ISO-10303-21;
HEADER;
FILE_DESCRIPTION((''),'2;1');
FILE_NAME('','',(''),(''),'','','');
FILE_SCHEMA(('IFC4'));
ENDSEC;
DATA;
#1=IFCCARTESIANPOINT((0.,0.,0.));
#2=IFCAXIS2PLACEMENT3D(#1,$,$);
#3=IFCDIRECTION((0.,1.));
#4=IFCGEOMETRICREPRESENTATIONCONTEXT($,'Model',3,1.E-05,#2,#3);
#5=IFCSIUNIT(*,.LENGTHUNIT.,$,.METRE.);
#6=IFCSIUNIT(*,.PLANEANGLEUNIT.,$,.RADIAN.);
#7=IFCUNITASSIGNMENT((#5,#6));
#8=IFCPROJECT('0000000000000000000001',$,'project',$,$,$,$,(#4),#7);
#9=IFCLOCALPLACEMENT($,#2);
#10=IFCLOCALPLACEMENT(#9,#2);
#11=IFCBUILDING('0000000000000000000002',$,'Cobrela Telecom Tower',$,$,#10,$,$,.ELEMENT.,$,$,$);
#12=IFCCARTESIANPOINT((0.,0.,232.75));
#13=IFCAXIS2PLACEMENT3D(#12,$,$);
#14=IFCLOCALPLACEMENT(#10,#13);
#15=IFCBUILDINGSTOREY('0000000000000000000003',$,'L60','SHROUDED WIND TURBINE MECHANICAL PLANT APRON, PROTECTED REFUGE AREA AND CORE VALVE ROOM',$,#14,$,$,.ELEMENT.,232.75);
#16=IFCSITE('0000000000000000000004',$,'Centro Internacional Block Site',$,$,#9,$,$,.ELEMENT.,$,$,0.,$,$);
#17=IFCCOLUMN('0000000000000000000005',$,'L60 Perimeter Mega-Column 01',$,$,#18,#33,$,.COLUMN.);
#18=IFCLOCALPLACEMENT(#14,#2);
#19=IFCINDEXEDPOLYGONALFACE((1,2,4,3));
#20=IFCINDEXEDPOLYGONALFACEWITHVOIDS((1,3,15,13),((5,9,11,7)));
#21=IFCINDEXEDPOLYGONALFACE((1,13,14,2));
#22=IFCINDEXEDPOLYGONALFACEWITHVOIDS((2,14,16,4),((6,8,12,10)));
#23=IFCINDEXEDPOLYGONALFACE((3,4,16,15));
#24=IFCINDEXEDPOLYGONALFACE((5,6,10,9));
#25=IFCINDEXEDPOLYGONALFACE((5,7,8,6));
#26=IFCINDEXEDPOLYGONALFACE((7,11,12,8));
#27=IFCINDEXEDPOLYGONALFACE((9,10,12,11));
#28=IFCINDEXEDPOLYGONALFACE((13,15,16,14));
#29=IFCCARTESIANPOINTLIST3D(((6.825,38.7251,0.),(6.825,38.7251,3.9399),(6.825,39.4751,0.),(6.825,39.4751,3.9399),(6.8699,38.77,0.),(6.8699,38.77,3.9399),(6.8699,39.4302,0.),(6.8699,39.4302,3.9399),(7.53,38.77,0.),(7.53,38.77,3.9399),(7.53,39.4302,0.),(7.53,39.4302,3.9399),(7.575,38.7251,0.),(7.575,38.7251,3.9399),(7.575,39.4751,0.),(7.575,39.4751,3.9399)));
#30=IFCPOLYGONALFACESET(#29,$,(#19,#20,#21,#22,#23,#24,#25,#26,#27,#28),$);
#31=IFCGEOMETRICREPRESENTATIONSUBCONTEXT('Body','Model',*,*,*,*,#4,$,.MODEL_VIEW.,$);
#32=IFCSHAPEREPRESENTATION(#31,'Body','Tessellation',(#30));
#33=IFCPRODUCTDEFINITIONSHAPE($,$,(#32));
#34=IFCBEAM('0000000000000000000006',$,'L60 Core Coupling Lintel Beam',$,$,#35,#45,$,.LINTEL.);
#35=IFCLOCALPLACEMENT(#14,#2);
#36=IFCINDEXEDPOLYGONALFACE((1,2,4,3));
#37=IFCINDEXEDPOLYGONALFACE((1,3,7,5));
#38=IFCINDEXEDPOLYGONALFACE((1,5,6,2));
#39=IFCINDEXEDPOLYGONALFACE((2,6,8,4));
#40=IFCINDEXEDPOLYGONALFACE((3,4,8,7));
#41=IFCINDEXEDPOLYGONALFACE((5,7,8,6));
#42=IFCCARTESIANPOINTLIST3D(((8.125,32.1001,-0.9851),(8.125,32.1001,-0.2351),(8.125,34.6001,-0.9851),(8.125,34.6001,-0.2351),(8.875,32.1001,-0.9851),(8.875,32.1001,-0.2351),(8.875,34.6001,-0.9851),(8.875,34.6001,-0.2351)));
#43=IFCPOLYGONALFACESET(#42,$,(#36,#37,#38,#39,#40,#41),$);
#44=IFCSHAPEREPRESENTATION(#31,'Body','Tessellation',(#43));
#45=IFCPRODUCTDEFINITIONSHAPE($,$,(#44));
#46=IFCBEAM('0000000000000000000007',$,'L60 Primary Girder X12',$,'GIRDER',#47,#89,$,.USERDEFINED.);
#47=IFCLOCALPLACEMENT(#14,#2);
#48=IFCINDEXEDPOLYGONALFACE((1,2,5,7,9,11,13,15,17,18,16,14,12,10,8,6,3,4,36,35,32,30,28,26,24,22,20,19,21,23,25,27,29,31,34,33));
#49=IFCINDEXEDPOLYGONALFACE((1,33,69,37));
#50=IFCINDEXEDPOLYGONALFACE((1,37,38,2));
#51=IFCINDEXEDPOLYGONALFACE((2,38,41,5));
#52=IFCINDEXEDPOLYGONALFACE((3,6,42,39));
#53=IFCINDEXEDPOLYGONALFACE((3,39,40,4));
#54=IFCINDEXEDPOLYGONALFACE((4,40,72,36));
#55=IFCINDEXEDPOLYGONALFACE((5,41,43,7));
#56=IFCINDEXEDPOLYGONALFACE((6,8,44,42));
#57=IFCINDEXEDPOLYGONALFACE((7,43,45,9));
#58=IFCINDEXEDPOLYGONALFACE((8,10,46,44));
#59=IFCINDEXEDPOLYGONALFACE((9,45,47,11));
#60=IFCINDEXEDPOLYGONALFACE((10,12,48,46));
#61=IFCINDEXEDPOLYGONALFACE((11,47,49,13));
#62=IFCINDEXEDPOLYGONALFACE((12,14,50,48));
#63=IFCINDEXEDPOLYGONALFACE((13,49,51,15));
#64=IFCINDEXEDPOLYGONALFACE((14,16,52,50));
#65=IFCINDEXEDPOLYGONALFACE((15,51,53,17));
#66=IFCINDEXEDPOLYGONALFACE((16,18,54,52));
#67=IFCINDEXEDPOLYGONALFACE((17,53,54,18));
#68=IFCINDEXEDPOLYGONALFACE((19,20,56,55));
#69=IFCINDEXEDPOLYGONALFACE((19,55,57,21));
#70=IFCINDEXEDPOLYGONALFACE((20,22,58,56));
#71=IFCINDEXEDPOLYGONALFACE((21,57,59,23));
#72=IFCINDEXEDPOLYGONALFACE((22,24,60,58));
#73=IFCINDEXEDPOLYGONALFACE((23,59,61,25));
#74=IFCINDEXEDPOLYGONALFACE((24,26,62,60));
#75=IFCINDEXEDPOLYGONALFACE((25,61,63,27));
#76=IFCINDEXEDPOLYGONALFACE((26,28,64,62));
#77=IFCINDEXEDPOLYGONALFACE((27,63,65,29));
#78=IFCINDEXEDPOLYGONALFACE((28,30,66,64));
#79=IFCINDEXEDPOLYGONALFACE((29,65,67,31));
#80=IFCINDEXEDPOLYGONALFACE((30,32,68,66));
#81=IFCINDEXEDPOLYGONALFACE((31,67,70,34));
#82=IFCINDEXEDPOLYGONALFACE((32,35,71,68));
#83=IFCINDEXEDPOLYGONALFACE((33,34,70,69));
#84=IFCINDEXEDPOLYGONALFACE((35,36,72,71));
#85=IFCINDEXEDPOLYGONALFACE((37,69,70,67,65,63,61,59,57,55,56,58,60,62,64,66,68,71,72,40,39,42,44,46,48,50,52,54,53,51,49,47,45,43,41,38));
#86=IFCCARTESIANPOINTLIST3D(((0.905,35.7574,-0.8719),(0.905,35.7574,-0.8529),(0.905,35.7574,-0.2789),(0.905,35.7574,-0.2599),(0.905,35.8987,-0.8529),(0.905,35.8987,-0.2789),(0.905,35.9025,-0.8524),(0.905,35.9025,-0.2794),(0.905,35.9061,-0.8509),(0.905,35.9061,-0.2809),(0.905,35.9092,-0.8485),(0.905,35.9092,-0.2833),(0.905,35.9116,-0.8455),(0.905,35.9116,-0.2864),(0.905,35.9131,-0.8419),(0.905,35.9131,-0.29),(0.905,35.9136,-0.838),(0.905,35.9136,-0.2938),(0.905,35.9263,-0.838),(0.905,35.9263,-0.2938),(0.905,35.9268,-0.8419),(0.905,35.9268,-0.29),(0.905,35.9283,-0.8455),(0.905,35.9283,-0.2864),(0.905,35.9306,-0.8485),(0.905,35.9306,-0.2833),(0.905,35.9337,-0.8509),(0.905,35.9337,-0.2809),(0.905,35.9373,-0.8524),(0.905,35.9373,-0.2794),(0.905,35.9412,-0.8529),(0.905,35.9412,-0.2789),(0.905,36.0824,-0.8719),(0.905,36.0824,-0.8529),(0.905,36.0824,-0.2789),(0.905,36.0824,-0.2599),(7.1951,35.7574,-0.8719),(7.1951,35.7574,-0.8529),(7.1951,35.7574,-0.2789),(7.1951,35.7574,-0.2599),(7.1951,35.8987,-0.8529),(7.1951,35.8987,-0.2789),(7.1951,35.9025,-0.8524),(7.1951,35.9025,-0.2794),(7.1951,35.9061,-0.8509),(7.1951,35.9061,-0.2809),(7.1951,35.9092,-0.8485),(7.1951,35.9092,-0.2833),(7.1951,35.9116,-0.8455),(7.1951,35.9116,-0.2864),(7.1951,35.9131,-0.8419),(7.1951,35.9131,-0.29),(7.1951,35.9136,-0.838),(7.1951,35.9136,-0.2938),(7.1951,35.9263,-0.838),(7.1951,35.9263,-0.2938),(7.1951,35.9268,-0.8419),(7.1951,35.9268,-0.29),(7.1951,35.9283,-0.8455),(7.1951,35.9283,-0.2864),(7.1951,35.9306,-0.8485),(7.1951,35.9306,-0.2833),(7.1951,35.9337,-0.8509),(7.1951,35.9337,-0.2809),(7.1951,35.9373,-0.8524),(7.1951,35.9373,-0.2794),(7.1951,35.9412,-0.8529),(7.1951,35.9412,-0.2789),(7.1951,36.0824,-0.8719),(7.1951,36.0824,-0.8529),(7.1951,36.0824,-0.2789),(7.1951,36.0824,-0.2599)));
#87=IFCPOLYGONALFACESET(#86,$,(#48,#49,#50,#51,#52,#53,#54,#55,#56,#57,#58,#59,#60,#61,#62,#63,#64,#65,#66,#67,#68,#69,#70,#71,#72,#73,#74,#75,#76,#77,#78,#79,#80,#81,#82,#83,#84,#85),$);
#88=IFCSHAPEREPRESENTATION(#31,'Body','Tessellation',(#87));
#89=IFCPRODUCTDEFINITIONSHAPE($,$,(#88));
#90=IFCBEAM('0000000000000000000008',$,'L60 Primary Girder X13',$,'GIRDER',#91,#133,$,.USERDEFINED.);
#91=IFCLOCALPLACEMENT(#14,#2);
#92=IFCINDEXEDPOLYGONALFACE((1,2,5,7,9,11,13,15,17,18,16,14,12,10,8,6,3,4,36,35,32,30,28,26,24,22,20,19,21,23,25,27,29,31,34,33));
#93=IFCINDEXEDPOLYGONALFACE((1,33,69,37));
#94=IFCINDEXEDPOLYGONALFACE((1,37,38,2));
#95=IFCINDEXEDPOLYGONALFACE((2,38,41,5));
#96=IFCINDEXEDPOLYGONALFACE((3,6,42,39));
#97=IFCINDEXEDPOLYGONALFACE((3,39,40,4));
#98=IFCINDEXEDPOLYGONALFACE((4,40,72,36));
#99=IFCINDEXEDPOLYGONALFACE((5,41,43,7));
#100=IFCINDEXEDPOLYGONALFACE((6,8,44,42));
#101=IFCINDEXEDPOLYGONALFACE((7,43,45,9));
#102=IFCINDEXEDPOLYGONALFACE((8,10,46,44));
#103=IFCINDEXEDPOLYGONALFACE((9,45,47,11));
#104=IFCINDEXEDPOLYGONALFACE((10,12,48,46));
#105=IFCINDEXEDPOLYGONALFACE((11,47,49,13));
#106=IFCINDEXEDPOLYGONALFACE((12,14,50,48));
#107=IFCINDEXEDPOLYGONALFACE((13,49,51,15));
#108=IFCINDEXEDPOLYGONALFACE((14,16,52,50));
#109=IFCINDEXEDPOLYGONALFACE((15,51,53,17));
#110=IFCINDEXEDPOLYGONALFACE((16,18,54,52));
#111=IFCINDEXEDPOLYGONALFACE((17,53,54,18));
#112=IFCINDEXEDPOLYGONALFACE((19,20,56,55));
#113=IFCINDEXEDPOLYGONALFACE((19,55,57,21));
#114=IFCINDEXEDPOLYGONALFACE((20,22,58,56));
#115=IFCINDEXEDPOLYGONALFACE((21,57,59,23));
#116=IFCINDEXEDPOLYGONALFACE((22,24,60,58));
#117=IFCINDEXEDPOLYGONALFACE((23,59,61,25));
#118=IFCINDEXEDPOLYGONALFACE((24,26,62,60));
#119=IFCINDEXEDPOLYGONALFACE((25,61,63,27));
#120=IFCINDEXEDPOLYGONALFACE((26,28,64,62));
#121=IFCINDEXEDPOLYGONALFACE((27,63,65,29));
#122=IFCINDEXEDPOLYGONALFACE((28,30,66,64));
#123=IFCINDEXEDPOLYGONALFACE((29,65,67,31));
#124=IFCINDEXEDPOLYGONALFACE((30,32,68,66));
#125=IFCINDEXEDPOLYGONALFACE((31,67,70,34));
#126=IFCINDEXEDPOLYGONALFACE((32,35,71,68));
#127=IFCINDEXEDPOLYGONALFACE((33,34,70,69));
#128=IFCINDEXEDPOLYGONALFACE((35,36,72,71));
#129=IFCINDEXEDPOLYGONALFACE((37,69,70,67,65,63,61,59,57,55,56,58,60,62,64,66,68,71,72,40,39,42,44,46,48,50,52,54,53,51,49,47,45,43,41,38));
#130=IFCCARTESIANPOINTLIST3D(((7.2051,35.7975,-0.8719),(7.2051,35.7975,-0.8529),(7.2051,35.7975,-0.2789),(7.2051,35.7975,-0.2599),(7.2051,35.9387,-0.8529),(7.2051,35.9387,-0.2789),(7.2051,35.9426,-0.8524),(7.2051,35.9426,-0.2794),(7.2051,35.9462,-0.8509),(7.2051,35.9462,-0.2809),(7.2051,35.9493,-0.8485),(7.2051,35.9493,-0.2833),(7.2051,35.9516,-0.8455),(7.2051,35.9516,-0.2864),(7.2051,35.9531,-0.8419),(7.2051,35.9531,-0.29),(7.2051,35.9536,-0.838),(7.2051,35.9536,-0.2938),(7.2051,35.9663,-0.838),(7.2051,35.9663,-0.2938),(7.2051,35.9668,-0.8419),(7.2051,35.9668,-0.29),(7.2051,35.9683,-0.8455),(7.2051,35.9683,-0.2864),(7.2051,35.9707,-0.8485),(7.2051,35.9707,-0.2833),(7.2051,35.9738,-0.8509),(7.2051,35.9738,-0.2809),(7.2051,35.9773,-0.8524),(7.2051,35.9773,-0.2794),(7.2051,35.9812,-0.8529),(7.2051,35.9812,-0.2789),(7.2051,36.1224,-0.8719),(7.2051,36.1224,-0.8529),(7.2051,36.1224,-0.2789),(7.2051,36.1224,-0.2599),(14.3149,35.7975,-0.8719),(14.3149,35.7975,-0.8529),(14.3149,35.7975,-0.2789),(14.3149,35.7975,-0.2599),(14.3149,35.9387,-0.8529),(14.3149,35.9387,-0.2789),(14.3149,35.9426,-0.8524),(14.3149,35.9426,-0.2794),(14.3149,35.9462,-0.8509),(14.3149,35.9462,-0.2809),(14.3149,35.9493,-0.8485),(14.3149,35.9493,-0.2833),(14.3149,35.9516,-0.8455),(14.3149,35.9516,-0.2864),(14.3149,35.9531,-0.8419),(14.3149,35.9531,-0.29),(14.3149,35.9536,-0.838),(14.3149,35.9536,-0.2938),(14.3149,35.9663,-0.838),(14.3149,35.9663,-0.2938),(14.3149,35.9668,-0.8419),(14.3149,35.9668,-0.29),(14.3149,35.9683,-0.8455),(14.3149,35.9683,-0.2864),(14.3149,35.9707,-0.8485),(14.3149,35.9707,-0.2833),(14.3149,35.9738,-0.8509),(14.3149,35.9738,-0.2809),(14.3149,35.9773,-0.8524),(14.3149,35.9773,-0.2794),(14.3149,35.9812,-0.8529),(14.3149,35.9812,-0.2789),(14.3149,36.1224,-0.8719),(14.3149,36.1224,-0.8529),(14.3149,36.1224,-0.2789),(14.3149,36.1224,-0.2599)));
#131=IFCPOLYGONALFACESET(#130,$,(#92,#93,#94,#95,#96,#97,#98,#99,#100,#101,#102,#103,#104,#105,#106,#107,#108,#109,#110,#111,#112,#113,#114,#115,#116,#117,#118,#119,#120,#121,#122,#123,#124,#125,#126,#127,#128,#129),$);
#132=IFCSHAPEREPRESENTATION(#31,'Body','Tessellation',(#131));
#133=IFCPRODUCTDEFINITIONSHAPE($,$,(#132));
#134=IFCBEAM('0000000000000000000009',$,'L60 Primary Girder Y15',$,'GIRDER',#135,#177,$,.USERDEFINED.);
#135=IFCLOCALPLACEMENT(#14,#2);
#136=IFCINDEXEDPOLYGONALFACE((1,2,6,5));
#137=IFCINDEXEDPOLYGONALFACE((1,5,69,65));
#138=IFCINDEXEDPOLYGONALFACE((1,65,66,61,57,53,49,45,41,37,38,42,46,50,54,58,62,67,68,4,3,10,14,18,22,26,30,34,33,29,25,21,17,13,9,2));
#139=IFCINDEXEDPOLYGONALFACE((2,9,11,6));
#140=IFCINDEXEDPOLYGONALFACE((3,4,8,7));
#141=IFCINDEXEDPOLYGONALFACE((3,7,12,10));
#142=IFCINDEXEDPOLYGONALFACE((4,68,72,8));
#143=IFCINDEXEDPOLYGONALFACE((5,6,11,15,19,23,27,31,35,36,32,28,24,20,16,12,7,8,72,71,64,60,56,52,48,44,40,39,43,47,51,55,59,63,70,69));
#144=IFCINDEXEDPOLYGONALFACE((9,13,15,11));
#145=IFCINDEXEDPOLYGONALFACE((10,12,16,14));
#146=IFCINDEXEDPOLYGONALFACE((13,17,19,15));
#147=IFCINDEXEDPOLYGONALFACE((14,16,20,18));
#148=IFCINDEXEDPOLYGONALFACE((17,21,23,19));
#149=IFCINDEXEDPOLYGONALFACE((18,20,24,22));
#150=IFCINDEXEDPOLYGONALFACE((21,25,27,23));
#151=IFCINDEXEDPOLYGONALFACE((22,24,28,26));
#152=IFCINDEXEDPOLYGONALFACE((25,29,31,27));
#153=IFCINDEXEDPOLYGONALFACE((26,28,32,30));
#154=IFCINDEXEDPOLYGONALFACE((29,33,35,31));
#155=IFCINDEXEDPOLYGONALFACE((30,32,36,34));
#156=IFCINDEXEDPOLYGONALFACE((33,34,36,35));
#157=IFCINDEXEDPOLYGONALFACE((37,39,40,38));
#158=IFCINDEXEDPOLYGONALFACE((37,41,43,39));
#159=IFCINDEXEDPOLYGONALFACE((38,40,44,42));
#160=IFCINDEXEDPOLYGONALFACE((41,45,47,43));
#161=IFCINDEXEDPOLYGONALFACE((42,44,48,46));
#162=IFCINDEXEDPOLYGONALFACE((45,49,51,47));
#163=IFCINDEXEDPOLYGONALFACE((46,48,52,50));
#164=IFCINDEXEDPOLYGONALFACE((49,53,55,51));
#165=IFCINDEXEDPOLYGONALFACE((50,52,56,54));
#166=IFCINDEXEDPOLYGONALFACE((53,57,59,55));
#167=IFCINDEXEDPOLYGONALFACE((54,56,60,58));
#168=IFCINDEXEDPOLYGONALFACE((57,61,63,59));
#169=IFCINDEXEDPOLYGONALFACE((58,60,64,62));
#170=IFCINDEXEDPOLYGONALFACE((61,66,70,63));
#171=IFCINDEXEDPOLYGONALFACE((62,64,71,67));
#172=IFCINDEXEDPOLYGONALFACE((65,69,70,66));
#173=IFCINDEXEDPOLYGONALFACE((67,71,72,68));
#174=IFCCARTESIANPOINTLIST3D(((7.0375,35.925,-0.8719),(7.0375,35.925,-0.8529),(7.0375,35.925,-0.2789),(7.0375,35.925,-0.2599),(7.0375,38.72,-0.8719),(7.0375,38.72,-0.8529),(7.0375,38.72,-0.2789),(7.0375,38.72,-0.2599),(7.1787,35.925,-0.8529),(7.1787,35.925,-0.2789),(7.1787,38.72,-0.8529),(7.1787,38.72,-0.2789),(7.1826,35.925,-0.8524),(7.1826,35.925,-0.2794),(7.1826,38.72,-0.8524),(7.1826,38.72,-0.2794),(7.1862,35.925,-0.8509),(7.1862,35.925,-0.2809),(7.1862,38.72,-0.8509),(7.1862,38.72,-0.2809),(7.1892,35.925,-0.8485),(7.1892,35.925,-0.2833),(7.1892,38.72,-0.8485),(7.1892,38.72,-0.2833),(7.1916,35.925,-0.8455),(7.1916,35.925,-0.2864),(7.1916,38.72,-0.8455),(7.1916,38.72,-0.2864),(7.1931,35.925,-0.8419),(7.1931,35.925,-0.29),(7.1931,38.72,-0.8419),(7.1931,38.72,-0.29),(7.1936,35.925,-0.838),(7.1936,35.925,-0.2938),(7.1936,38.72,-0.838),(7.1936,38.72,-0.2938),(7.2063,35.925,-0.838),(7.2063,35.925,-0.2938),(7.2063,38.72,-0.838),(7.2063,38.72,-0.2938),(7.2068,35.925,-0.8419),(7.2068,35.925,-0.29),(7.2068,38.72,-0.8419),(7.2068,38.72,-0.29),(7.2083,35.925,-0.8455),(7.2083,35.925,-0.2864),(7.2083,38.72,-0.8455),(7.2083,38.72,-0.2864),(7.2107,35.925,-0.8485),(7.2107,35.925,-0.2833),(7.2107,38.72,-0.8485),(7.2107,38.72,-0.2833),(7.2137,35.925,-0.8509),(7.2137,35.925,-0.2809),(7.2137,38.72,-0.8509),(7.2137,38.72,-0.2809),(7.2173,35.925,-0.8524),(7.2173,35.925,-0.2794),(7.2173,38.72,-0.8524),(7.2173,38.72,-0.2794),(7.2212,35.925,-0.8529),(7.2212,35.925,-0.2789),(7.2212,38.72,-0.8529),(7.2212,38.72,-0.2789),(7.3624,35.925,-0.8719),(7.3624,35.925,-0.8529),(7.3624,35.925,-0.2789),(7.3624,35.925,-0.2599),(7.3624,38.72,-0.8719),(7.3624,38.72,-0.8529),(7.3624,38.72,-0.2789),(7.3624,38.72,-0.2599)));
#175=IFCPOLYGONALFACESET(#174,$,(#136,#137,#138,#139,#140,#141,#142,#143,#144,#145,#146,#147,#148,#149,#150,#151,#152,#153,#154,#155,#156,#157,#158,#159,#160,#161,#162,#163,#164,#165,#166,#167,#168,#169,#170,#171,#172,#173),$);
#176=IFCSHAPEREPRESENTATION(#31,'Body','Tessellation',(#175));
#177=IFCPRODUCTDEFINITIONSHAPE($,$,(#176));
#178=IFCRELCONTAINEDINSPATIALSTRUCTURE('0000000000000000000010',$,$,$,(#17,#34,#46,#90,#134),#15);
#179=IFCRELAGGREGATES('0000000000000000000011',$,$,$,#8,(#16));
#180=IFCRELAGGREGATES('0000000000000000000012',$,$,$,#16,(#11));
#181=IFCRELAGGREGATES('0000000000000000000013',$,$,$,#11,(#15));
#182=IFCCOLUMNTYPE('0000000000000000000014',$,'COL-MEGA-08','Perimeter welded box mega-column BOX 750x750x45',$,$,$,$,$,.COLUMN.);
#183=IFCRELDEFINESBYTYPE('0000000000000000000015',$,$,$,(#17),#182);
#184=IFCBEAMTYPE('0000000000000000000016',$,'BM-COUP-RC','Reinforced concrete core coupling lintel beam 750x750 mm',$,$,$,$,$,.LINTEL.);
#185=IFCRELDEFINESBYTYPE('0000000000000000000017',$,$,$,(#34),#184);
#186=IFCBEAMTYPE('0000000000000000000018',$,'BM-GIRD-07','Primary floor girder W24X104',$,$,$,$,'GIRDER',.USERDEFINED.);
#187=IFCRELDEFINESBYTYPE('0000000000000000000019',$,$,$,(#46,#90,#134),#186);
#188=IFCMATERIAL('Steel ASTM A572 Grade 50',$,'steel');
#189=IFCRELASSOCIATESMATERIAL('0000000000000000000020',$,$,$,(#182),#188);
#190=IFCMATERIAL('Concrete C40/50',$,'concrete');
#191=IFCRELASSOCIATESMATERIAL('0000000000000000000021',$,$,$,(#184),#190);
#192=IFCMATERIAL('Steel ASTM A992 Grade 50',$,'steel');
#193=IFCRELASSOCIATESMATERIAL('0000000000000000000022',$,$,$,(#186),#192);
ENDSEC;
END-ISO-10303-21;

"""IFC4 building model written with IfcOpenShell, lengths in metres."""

from ifc_helpers import new_model, si_unit, direction, frame, origin, origin_2d, place, context, subcontext, project, spatial, rectangle, hollow_rectangle, i_section, extrude, material, material_profile, profile_set, type_object, element, save


model = new_model("IFC4")

# Units and contexts
model_context = context("Model", 3, precision=1e-05, world=origin(), true_north=direction((0.0, 1.0)))
body_context = subcontext(model_context, "Body", "Model", "MODEL_VIEW")
ifc_project = project(units=[si_unit("LENGTHUNIT", "METRE"), si_unit("PLANEANGLEUNIT", "RADIAN")], contexts=[model_context])

# Site, building, storey
site_placement = place(None, origin())
site = spatial("IfcSite", under=ifc_project, at=site_placement, Name="Centro Internacional Block Site", CompositionType="ELEMENT", RefElevation=0.0)
building_placement = place(site_placement, origin())
building = spatial("IfcBuilding", under=site, at=building_placement, Name="Cobrela Telecom Tower", CompositionType="ELEMENT")
storey_placement = place(building_placement, frame((0.0, 0.0, 232.75)))
storey = spatial("IfcBuildingStorey", under=building, at=storey_placement, Name="L60", Description="SHROUDED WIND TURBINE MECHANICAL PLANT APRON, PROTECTED REFUGE AREA AND CORE VALVE ROOM", CompositionType="ELEMENT", Elevation=232.75)

# Column
ifc_material_1 = material(Name="Steel ASTM A572 Grade 50", Category="steel")
ifc_material_profile_1 = material_profile(ifc_material_1, hollow_rectangle(XDim=0.75, YDim=0.75, WallThickness=0.0449, at=origin_2d()), Name="BOX 750x750x45")
ifc_profile_set_1 = profile_set([ifc_material_profile_1], Name="Steel ASTM A572 Grade 50")
column_type = type_object("IfcColumnType", Name="COL-MEGA-08", Description="Perimeter welded box mega-column BOX 750x750x45", PredefinedType="COLUMN", material=ifc_profile_set_1)
column_placement = place(storey_placement, frame((7.2, 39.1001, 0.0), z_axis=(0.0, 0.0, 1.0), x_axis=(1.0, 0.0, 0.0)))
element("IfcColumn", 1, at=column_placement, inside=storey, type_object=column_type, Name="L60 Perimeter Mega-Column 01", PredefinedType="COLUMN", context=body_context, shape_type="SweptSolid", body=[
    extrude(hollow_rectangle(XDim=0.75, YDim=0.75, WallThickness=0.0449, at=origin_2d()), origin(), (0.0, 0.0, 1.0), 3.9399),
])

# Beams
ifc_material_2 = material(Name="Concrete C40/50", Category="concrete")
ifc_material_profile_2 = material_profile(ifc_material_2, rectangle(XDim=0.75, YDim=0.75, at=origin_2d()), Name="RC 750x750")
ifc_profile_set_2 = profile_set([ifc_material_profile_2], Name="Concrete C40/50")
beam_type_1 = type_object("IfcBeamType", Name="BM-COUP-RC", Description="Reinforced concrete core coupling lintel beam 750x750 mm", PredefinedType="LINTEL", material=ifc_profile_set_2)
beam_1_placement = place(storey_placement, frame((8.5, 32.1001, -0.6101), z_axis=(0.0, 1.0, 0.0), x_axis=(-1.0, 0.0, 0.0)))
element("IfcBeam", 2, at=beam_1_placement, inside=storey, type_object=beam_type_1, Name="L60 Core Coupling Lintel Beam", PredefinedType="LINTEL", context=body_context, shape_type="SweptSolid", body=[
    extrude(rectangle(XDim=0.75, YDim=0.75, at=origin_2d()), origin(), (0.0, 0.0, 1.0), 2.5),
])
ifc_material_3 = material(Name="Steel ASTM A992 Grade 50", Category="steel")
ifc_material_profile_3 = material_profile(ifc_material_3, i_section(OverallWidth=0.325, OverallDepth=0.6121, WebThickness=0.0127, FlangeThickness=0.019, FilletRadius=0.0149, at=origin_2d()), Name="W24X104")
ifc_profile_set_3 = profile_set([ifc_material_profile_3], Name="Steel ASTM A992 Grade 50")
beam_type_2 = type_object("IfcBeamType", Name="BM-GIRD-07", Description="Primary floor girder W24X104", ElementType="GIRDER", PredefinedType="USERDEFINED", material=ifc_profile_set_3)
beam_2_placement = place(storey_placement, frame((0.905, 35.9199, -0.5659), z_axis=(1.0, 0.0, 0.0), x_axis=(0.0, 1.0, 0.0)))
element("IfcBeam", 3, at=beam_2_placement, inside=storey, type_object=beam_type_2, Name="L60 Primary Girder X12", ObjectType="GIRDER", PredefinedType="USERDEFINED", context=body_context, shape_type="SweptSolid", body=[
    extrude(i_section(OverallWidth=0.325, OverallDepth=0.6121, WebThickness=0.0127, FlangeThickness=0.019, FilletRadius=0.0149, at=origin_2d()), origin(), (0.0, 0.0, 1.0), 6.29),
])
beam_3_placement = place(storey_placement, frame((7.2051, 35.96, -0.5659), z_axis=(1.0, 0.0, 0.0), x_axis=(0.0, 1.0, 0.0)))
element("IfcBeam", 4, at=beam_3_placement, inside=storey, type_object=beam_type_2, Name="L60 Primary Girder X13", ObjectType="GIRDER", PredefinedType="USERDEFINED", context=body_context, shape_type="SweptSolid", body=[
    extrude(i_section(OverallWidth=0.325, OverallDepth=0.6121, WebThickness=0.0127, FlangeThickness=0.019, FilletRadius=0.0149, at=origin_2d()), origin(), (0.0, 0.0, 1.0), 7.1099),
])
beam_4_placement = place(storey_placement, frame((7.2, 35.925, -0.5659), z_axis=(0.0, 1.0, 0.0), x_axis=(-1.0, 0.0, 0.0)))
element("IfcBeam", 5, at=beam_4_placement, inside=storey, type_object=beam_type_2, Name="L60 Primary Girder Y15", ObjectType="GIRDER", PredefinedType="USERDEFINED", context=body_context, shape_type="SweptSolid", body=[
    extrude(i_section(OverallWidth=0.325, OverallDepth=0.6121, WebThickness=0.0127, FlangeThickness=0.019, FilletRadius=0.0149, at=origin_2d()), origin(), (0.0, 0.0, 1.0), 2.7949),
])

save(model, "model.ifc")
